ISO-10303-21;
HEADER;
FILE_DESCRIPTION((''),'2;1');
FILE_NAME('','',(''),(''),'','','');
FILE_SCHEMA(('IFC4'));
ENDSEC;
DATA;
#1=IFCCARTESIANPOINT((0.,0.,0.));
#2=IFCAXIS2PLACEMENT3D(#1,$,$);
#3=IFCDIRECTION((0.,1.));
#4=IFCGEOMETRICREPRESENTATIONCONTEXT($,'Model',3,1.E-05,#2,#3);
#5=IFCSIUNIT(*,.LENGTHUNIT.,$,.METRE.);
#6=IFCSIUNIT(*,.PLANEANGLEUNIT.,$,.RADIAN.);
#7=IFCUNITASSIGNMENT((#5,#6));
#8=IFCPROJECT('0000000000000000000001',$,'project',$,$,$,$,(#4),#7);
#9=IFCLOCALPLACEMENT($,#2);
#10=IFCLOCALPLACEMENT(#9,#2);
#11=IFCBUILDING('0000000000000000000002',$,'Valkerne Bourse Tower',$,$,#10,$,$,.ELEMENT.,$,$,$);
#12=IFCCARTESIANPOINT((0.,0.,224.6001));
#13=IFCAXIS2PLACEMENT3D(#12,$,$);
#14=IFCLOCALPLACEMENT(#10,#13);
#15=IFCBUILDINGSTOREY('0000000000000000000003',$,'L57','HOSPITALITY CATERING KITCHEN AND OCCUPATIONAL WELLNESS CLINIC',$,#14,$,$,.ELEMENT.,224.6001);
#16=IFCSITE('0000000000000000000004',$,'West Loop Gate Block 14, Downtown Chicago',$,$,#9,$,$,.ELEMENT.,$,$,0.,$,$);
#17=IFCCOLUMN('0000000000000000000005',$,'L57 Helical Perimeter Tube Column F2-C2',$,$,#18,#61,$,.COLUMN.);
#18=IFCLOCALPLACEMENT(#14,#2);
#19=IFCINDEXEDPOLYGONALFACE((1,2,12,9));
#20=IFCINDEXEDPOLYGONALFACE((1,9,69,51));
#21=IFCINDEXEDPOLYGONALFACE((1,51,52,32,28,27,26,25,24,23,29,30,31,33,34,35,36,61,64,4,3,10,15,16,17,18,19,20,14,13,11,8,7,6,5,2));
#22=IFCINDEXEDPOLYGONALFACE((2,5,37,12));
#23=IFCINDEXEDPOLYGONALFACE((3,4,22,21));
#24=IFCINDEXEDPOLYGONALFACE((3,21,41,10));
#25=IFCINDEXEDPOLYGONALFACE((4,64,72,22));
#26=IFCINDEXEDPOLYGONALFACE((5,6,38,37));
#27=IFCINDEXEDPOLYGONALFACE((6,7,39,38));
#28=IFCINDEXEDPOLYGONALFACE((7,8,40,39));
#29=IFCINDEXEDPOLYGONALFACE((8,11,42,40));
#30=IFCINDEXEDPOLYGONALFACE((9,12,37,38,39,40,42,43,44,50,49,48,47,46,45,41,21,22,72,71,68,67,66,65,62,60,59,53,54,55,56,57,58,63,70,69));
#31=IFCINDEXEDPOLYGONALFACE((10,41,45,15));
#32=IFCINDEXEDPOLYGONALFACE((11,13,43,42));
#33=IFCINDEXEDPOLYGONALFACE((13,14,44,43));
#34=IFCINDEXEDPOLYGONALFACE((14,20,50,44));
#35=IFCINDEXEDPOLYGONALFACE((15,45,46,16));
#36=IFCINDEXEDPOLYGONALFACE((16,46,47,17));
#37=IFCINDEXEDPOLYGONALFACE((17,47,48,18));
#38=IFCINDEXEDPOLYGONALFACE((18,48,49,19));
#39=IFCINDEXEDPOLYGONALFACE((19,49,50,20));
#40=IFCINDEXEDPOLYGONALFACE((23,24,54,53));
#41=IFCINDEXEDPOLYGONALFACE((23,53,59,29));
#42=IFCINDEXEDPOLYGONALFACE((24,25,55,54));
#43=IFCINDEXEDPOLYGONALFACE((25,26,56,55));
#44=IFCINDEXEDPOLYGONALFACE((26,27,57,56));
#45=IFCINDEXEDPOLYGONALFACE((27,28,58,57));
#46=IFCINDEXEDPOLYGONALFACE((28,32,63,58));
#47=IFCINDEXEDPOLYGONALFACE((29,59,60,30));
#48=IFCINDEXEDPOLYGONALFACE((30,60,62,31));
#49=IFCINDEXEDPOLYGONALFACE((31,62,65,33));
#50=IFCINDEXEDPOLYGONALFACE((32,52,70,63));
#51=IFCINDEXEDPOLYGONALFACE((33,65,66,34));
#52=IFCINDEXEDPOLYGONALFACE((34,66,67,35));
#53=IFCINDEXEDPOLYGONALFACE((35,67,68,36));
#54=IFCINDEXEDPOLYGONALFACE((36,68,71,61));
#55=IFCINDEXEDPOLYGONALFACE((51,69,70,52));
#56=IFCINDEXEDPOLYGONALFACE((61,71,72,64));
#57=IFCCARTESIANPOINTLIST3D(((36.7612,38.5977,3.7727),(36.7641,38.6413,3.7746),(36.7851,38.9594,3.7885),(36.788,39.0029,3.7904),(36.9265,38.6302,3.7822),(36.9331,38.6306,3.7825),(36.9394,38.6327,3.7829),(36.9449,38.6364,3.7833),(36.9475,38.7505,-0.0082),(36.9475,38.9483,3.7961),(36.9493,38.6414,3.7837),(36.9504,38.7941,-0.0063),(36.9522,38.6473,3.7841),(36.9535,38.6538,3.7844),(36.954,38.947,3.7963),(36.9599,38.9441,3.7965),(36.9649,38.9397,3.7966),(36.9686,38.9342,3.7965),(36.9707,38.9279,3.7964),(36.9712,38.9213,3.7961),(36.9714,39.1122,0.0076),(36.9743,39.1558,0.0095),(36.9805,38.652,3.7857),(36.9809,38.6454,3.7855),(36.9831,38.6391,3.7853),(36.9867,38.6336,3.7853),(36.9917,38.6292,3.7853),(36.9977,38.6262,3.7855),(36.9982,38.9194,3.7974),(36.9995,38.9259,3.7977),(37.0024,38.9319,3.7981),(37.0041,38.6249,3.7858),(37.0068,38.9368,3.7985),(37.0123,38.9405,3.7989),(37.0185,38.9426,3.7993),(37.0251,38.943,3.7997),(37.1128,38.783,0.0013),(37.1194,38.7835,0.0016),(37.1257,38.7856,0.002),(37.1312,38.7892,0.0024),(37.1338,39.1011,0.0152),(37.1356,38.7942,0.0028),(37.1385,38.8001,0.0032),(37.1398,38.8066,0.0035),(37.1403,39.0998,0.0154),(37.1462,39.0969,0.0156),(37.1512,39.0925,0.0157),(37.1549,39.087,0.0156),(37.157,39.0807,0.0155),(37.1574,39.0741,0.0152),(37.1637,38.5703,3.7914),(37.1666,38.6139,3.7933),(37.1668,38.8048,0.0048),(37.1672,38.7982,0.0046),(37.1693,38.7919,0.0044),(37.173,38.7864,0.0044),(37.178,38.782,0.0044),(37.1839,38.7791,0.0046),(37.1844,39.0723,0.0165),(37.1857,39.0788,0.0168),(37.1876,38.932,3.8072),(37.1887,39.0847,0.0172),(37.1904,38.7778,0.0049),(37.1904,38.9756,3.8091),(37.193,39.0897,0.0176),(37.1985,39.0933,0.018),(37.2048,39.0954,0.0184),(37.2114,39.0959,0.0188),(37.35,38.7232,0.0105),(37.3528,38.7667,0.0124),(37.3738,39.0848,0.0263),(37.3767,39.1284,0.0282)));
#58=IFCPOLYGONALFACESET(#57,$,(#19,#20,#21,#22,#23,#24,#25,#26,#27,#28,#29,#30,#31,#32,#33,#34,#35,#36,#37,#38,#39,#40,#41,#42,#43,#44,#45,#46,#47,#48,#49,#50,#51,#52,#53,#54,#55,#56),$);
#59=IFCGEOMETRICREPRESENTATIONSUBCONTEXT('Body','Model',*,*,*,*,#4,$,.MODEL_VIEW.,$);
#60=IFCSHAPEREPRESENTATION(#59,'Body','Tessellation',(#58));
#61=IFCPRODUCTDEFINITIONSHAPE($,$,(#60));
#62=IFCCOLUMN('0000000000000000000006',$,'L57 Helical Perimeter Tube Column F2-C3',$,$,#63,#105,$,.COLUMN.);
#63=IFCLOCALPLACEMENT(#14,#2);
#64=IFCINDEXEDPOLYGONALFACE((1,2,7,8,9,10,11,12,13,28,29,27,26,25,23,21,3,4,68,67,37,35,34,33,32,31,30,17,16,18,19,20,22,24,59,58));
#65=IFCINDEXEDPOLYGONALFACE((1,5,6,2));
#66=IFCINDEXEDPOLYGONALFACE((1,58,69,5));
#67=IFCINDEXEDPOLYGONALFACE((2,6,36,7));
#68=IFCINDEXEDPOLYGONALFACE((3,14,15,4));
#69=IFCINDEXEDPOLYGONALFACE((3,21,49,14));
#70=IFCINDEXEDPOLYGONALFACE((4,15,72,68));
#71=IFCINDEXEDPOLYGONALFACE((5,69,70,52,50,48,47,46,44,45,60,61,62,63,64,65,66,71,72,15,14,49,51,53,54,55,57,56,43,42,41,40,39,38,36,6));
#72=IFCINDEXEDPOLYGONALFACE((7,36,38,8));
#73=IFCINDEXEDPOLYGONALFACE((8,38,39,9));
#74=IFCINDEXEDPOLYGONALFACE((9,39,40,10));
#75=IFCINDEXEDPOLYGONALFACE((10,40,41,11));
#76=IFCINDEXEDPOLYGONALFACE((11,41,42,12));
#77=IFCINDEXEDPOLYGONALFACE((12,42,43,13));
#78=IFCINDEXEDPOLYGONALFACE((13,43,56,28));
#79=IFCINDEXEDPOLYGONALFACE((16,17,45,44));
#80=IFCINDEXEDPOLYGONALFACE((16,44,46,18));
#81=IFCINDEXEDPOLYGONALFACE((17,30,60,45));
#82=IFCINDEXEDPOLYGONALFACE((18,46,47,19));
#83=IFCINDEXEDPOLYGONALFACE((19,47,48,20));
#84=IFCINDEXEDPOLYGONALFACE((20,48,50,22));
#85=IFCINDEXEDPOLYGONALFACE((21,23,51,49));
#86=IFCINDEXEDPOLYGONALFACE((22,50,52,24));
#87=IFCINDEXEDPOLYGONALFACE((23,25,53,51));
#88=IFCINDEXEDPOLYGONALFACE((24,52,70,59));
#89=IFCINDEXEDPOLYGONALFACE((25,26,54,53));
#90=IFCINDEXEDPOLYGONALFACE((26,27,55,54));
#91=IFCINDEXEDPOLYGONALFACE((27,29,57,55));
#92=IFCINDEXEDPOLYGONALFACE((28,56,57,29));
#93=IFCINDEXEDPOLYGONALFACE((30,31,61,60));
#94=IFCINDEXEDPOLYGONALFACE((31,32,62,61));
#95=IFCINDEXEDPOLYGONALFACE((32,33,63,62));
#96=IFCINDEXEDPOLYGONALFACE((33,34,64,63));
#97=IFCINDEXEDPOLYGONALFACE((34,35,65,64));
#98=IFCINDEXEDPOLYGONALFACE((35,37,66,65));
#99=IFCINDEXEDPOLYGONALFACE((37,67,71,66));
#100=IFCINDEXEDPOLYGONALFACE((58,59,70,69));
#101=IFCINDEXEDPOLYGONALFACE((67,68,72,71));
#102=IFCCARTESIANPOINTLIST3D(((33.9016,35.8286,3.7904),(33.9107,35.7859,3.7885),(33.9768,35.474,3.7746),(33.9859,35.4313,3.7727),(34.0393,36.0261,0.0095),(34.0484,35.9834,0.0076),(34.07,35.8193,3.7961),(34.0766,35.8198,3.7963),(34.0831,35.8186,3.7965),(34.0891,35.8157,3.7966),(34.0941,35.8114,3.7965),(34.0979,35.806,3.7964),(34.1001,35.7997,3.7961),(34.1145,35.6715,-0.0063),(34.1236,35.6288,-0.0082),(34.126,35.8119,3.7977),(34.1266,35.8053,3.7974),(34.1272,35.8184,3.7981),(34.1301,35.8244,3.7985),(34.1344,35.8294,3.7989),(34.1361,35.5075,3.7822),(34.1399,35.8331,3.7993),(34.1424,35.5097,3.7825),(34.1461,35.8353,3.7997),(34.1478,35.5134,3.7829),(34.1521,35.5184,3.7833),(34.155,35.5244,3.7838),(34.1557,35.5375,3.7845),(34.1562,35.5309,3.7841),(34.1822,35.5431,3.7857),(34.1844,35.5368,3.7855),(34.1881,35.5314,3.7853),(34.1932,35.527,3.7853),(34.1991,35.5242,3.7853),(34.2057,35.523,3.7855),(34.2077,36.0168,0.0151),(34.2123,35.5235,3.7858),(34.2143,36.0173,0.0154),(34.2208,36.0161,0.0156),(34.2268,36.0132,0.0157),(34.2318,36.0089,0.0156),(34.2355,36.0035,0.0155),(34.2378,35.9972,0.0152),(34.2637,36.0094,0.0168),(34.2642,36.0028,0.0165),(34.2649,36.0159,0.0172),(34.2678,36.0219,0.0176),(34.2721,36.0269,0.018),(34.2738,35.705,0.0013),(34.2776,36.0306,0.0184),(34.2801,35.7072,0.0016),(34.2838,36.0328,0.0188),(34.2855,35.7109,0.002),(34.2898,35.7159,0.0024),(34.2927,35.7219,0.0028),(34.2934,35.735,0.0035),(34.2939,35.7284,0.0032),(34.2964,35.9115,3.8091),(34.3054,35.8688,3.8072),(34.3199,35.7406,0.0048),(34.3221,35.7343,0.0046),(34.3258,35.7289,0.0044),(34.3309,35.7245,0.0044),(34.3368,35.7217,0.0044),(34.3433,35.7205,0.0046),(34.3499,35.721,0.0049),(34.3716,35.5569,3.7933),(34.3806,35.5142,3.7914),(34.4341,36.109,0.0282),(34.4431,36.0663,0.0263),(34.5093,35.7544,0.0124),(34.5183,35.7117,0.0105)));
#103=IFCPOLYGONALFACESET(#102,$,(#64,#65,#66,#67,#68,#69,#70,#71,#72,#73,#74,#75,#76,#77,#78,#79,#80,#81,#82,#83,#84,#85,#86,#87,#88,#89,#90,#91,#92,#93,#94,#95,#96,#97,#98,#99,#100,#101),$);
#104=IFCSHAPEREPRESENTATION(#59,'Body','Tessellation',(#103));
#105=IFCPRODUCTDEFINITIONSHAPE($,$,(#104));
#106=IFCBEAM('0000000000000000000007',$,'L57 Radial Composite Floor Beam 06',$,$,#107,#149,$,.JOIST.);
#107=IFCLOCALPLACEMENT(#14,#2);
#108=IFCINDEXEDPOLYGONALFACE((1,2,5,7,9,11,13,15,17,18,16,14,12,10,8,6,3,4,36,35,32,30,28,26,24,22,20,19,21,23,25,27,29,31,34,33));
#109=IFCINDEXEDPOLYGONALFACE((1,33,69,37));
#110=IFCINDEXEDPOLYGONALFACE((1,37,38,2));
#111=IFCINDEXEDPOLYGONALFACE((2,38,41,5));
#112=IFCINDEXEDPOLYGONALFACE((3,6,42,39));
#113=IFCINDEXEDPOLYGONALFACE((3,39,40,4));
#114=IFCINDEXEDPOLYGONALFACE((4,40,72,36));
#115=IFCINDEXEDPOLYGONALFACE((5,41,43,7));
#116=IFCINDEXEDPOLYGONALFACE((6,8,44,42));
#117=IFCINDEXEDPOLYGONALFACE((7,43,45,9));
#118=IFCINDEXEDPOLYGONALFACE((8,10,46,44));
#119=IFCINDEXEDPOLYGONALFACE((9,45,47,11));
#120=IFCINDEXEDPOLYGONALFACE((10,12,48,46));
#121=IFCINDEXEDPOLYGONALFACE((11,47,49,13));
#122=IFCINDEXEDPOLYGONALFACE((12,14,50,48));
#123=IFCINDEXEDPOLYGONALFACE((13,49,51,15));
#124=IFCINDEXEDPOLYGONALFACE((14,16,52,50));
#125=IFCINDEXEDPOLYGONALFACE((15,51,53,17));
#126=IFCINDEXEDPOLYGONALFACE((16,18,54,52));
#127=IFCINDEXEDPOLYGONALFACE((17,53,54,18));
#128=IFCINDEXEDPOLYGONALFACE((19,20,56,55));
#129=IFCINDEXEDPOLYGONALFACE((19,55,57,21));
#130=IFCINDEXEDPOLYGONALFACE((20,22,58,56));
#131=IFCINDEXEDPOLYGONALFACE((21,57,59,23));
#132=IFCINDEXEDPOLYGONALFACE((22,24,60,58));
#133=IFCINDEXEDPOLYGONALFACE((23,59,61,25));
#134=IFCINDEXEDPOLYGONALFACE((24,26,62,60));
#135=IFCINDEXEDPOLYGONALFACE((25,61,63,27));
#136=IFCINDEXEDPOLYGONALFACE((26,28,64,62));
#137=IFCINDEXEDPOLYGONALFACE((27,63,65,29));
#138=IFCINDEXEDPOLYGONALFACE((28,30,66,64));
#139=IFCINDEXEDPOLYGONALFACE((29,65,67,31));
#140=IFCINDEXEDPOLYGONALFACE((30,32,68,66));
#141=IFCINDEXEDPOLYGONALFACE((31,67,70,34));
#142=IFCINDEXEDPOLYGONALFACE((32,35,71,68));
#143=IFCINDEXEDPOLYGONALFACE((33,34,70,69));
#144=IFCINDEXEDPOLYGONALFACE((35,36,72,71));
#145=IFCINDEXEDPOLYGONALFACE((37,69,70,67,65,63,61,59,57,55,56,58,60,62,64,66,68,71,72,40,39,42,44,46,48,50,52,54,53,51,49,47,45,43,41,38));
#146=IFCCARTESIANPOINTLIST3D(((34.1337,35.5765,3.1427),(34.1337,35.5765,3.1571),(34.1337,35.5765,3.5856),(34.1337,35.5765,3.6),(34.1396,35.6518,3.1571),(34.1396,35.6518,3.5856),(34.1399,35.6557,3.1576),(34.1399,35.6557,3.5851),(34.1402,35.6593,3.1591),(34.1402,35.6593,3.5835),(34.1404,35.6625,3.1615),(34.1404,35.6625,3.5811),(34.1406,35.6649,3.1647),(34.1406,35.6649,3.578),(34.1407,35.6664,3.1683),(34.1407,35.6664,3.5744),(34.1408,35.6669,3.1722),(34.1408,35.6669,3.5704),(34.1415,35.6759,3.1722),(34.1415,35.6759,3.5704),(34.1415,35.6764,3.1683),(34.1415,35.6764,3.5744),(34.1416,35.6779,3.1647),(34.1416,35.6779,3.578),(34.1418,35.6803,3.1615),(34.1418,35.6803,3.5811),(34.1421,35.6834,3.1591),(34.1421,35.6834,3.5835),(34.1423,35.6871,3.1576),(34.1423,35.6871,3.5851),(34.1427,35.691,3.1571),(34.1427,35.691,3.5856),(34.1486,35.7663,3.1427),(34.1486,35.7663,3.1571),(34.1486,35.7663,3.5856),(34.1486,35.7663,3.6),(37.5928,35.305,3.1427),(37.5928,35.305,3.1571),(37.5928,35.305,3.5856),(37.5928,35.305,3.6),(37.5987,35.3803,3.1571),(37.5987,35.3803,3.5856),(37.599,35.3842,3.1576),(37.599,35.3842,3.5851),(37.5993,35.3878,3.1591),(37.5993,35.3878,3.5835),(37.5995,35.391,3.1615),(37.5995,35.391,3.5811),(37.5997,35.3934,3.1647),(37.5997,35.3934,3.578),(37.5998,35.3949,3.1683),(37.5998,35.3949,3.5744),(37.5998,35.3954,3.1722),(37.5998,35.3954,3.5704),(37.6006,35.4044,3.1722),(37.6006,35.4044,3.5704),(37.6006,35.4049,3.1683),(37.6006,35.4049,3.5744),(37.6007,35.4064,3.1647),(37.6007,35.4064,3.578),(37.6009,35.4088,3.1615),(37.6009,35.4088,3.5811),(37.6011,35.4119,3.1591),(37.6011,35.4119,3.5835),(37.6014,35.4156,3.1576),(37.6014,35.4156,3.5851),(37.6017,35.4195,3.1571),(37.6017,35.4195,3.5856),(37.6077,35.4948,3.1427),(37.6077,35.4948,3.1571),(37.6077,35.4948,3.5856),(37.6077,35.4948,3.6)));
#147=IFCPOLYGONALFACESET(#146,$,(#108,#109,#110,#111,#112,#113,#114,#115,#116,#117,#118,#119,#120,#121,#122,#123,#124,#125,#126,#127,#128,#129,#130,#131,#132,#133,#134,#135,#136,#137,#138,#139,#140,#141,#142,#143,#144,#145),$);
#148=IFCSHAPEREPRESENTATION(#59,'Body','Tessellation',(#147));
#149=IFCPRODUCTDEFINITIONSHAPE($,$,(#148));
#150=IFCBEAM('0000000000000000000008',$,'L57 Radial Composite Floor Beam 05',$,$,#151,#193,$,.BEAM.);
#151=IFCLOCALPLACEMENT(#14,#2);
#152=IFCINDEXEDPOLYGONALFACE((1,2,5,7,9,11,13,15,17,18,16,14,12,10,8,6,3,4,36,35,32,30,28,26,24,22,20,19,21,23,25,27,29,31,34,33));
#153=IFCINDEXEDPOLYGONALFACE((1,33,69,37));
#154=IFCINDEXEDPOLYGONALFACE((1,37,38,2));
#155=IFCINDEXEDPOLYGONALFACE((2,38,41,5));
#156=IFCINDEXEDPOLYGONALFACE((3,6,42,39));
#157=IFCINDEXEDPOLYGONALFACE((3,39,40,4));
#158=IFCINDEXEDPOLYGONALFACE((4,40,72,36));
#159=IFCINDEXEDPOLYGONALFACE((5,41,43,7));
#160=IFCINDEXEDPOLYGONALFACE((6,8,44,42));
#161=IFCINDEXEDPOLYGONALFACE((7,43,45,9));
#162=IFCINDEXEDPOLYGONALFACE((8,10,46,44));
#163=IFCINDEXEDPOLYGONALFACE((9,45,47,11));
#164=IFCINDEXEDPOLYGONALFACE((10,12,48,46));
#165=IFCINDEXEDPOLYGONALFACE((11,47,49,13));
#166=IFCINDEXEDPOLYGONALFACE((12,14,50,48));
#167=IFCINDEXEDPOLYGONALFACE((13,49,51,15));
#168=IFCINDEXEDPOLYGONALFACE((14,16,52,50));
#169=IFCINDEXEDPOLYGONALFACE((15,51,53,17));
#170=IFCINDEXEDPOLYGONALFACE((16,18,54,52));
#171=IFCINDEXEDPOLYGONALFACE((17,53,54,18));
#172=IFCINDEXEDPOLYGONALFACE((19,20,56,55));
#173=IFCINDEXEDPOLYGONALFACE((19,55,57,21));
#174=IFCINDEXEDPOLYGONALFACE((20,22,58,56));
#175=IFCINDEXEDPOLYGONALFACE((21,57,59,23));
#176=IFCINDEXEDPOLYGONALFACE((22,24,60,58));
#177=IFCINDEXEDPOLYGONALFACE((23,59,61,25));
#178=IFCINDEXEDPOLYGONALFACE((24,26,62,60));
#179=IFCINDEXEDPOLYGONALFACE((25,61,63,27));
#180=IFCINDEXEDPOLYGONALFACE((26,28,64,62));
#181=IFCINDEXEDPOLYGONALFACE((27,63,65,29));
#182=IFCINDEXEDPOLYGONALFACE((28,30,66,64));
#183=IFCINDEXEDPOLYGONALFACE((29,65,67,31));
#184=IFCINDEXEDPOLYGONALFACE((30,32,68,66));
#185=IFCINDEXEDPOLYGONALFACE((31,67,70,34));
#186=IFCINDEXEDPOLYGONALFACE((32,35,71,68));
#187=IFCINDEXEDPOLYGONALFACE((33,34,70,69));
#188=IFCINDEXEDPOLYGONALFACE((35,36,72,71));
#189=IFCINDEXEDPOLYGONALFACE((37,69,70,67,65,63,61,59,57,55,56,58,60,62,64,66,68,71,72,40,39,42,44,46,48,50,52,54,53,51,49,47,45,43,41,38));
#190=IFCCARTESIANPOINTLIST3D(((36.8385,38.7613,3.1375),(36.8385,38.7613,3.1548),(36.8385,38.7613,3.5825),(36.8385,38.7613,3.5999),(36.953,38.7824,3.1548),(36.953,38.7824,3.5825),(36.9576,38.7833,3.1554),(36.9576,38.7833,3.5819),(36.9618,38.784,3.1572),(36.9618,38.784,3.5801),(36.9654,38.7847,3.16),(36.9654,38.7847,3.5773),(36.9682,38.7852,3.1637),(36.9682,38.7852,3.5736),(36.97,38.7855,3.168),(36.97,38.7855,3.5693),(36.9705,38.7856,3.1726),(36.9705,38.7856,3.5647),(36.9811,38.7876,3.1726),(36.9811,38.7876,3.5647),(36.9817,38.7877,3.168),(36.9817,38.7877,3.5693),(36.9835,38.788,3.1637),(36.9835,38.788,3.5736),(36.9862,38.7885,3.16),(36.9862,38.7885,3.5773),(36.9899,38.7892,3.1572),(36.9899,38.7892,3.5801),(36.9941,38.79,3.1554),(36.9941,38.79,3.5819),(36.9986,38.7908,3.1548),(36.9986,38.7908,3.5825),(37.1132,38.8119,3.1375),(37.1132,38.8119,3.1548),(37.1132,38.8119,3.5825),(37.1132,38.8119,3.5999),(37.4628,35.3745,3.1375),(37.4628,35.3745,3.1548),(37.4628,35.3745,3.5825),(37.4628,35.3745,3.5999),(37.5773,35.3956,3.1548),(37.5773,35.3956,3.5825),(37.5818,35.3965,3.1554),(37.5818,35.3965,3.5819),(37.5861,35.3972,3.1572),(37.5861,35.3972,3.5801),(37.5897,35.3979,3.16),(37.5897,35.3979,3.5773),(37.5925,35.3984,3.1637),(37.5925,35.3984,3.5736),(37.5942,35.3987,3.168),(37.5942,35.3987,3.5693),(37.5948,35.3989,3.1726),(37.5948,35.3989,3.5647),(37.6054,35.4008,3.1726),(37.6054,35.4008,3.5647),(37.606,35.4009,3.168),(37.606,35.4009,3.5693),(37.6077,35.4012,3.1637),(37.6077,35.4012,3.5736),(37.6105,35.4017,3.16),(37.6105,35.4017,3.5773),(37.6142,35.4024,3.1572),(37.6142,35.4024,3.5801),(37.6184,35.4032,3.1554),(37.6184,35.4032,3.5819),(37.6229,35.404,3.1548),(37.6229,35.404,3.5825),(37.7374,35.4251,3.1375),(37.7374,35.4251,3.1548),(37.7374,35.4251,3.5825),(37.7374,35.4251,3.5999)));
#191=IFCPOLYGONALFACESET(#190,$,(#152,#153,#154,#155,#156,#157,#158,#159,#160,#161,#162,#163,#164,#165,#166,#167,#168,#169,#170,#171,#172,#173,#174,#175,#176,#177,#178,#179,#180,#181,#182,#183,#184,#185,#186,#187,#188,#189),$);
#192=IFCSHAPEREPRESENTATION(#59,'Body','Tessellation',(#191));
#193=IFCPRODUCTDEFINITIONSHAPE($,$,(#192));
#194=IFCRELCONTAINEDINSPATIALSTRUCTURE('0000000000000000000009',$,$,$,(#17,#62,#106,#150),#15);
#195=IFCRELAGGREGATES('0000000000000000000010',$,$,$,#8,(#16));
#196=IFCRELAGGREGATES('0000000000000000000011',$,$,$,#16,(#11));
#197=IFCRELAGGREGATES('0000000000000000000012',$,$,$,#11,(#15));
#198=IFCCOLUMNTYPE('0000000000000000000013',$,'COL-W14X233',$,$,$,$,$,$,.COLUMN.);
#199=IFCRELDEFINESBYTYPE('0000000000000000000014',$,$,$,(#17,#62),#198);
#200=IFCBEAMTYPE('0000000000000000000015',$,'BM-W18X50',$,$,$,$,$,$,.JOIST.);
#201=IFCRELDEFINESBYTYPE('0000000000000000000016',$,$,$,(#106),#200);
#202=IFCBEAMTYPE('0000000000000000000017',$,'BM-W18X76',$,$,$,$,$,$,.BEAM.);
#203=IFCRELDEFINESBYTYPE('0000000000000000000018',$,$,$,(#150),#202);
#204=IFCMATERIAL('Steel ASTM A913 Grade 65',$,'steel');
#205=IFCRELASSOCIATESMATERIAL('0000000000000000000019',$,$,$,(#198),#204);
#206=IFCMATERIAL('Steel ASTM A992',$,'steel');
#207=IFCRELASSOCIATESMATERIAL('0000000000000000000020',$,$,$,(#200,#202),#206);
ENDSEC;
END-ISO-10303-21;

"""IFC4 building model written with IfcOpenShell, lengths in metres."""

from ifc_helpers import new_model, si_unit, direction, frame, origin, origin_2d, place, context, subcontext, project, spatial, i_section, extrude, material, material_profile, profile_set, type_object, element, save


model = new_model("IFC4")

# Units and contexts
model_context = context("Model", 3, precision=1e-05, world=origin(), true_north=direction((0.0, 1.0)))
body_context = subcontext(model_context, "Body", "Model", "MODEL_VIEW")
ifc_project = project(units=[si_unit("LENGTHUNIT", "METRE"), si_unit("PLANEANGLEUNIT", "RADIAN")], contexts=[model_context])

# Site, building, storey
site_placement = place(None, origin())
site = spatial("IfcSite", under=ifc_project, at=site_placement, Name="West Loop Gate Block 14, Downtown Chicago", CompositionType="ELEMENT", RefElevation=0.0)
building_placement = place(site_placement, origin())
building = spatial("IfcBuilding", under=site, at=building_placement, Name="Valkerne Bourse Tower", CompositionType="ELEMENT")
storey_placement = place(building_placement, frame((0.0, 0.0, 224.6001)))
storey = spatial("IfcBuildingStorey", under=building, at=storey_placement, Name="L57", Description="HOSPITALITY CATERING KITCHEN AND OCCUPATIONAL WELLNESS CLINIC", CompositionType="ELEMENT", Elevation=224.6001)

# Columns
ifc_material_1 = material(Name="Steel ASTM A913 Grade 65", Category="steel")
ifc_material_profile_1 = material_profile(ifc_material_1, i_section(OverallWidth=0.4038, OverallDepth=0.4065, WebThickness=0.0271, FlangeThickness=0.0437, FilletRadius=0.0254, at=origin_2d()), Name="W14X233")
ifc_profile_set_1 = profile_set([ifc_material_profile_1], Name="Steel ASTM A913 Grade 65")
column_type = type_object("IfcColumnType", Name="COL-W14X233", PredefinedType="COLUMN", material=ifc_profile_set_1)
for number, where, z_axis, x_axis, name in (
    (1, (37.1621, 38.9395, 0.01), (-0.049167, -0.040339, 0.997976), (-0.996622, 0.067784, -0.046361), "L57 Helical Perimeter Tube Column F2-C2"),
    (2, (34.2788, 35.8689, 0.01), (-0.036344, -0.052132, 0.997979), (-0.977603, -0.205293, -0.046326), "L57 Helical Perimeter Tube Column F2-C3"),
):
    element("IfcColumn", number, at=place(storey_placement, frame(where, z_axis=z_axis, x_axis=x_axis)), inside=storey, type_object=column_type, Name=name, PredefinedType="COLUMN", context=body_context, shape_type="SweptSolid", body=[
        extrude(i_section(OverallWidth=0.4038, OverallDepth=0.4065, WebThickness=0.0271, FlangeThickness=0.0437, FilletRadius=0.0254, at=origin_2d()), origin(), (0.0, 0.0, 1.0), 3.7886),
    ])

# Beams
ifc_material_2 = material(Name="Steel ASTM A992", Category="steel")
ifc_material_profile_2 = material_profile(ifc_material_2, i_section(OverallWidth=0.1904, OverallDepth=0.4573, WebThickness=0.009, FlangeThickness=0.0144, FilletRadius=0.0151, at=origin_2d()), Name="W18X50")
ifc_profile_set_2 = profile_set([ifc_material_profile_2], Name="Steel ASTM A992")
beam_type_1 = type_object("IfcBeamType", Name="BM-W18X50", PredefinedType="JOIST", material=ifc_profile_set_2)
beam_1_placement = place(storey_placement, frame((34.1411, 35.6714, 3.3713), z_axis=(0.996934, -0.078246, 0.0), x_axis=(0.078246, 0.996934, 0.0)))
element("IfcBeam", 3, at=beam_1_placement, inside=storey, type_object=beam_type_1, Name="L57 Radial Composite Floor Beam 06", PredefinedType="JOIST", context=body_context, shape_type="SweptSolid", body=[
    extrude(i_section(OverallWidth=0.1904, OverallDepth=0.4573, WebThickness=0.009, FlangeThickness=0.0144, FilletRadius=0.0151, at=origin_2d()), origin(), (0.0, 0.0, 1.0), 3.4697),
])
ifc_material_profile_3 = material_profile(ifc_material_2, i_section(OverallWidth=0.2793, OverallDepth=0.4624, WebThickness=0.0107, FlangeThickness=0.0173, FilletRadius=0.0178, at=origin_2d()), Name="W18X76")
ifc_profile_set_3 = profile_set([ifc_material_profile_3], Name="Steel ASTM A992")
beam_type_2 = type_object("IfcBeamType", Name="BM-W18X76", PredefinedType="BEAM", material=ifc_profile_set_3)
beam_2_placement = place(storey_placement, frame((36.9758, 38.7866, 3.3687), z_axis=(0.181274, -0.983433, 0.0), x_axis=(0.983433, 0.181274, 0.0)))
element("IfcBeam", 4, at=beam_2_placement, inside=storey, type_object=beam_type_2, Name="L57 Radial Composite Floor Beam 05", PredefinedType="BEAM", context=body_context, shape_type="SweptSolid", body=[
    extrude(i_section(OverallWidth=0.2793, OverallDepth=0.4624, WebThickness=0.0107, FlangeThickness=0.0173, FilletRadius=0.0178, at=origin_2d()), origin(), (0.0, 0.0, 1.0), 3.4438),
])

save(model, "model.ifc")
